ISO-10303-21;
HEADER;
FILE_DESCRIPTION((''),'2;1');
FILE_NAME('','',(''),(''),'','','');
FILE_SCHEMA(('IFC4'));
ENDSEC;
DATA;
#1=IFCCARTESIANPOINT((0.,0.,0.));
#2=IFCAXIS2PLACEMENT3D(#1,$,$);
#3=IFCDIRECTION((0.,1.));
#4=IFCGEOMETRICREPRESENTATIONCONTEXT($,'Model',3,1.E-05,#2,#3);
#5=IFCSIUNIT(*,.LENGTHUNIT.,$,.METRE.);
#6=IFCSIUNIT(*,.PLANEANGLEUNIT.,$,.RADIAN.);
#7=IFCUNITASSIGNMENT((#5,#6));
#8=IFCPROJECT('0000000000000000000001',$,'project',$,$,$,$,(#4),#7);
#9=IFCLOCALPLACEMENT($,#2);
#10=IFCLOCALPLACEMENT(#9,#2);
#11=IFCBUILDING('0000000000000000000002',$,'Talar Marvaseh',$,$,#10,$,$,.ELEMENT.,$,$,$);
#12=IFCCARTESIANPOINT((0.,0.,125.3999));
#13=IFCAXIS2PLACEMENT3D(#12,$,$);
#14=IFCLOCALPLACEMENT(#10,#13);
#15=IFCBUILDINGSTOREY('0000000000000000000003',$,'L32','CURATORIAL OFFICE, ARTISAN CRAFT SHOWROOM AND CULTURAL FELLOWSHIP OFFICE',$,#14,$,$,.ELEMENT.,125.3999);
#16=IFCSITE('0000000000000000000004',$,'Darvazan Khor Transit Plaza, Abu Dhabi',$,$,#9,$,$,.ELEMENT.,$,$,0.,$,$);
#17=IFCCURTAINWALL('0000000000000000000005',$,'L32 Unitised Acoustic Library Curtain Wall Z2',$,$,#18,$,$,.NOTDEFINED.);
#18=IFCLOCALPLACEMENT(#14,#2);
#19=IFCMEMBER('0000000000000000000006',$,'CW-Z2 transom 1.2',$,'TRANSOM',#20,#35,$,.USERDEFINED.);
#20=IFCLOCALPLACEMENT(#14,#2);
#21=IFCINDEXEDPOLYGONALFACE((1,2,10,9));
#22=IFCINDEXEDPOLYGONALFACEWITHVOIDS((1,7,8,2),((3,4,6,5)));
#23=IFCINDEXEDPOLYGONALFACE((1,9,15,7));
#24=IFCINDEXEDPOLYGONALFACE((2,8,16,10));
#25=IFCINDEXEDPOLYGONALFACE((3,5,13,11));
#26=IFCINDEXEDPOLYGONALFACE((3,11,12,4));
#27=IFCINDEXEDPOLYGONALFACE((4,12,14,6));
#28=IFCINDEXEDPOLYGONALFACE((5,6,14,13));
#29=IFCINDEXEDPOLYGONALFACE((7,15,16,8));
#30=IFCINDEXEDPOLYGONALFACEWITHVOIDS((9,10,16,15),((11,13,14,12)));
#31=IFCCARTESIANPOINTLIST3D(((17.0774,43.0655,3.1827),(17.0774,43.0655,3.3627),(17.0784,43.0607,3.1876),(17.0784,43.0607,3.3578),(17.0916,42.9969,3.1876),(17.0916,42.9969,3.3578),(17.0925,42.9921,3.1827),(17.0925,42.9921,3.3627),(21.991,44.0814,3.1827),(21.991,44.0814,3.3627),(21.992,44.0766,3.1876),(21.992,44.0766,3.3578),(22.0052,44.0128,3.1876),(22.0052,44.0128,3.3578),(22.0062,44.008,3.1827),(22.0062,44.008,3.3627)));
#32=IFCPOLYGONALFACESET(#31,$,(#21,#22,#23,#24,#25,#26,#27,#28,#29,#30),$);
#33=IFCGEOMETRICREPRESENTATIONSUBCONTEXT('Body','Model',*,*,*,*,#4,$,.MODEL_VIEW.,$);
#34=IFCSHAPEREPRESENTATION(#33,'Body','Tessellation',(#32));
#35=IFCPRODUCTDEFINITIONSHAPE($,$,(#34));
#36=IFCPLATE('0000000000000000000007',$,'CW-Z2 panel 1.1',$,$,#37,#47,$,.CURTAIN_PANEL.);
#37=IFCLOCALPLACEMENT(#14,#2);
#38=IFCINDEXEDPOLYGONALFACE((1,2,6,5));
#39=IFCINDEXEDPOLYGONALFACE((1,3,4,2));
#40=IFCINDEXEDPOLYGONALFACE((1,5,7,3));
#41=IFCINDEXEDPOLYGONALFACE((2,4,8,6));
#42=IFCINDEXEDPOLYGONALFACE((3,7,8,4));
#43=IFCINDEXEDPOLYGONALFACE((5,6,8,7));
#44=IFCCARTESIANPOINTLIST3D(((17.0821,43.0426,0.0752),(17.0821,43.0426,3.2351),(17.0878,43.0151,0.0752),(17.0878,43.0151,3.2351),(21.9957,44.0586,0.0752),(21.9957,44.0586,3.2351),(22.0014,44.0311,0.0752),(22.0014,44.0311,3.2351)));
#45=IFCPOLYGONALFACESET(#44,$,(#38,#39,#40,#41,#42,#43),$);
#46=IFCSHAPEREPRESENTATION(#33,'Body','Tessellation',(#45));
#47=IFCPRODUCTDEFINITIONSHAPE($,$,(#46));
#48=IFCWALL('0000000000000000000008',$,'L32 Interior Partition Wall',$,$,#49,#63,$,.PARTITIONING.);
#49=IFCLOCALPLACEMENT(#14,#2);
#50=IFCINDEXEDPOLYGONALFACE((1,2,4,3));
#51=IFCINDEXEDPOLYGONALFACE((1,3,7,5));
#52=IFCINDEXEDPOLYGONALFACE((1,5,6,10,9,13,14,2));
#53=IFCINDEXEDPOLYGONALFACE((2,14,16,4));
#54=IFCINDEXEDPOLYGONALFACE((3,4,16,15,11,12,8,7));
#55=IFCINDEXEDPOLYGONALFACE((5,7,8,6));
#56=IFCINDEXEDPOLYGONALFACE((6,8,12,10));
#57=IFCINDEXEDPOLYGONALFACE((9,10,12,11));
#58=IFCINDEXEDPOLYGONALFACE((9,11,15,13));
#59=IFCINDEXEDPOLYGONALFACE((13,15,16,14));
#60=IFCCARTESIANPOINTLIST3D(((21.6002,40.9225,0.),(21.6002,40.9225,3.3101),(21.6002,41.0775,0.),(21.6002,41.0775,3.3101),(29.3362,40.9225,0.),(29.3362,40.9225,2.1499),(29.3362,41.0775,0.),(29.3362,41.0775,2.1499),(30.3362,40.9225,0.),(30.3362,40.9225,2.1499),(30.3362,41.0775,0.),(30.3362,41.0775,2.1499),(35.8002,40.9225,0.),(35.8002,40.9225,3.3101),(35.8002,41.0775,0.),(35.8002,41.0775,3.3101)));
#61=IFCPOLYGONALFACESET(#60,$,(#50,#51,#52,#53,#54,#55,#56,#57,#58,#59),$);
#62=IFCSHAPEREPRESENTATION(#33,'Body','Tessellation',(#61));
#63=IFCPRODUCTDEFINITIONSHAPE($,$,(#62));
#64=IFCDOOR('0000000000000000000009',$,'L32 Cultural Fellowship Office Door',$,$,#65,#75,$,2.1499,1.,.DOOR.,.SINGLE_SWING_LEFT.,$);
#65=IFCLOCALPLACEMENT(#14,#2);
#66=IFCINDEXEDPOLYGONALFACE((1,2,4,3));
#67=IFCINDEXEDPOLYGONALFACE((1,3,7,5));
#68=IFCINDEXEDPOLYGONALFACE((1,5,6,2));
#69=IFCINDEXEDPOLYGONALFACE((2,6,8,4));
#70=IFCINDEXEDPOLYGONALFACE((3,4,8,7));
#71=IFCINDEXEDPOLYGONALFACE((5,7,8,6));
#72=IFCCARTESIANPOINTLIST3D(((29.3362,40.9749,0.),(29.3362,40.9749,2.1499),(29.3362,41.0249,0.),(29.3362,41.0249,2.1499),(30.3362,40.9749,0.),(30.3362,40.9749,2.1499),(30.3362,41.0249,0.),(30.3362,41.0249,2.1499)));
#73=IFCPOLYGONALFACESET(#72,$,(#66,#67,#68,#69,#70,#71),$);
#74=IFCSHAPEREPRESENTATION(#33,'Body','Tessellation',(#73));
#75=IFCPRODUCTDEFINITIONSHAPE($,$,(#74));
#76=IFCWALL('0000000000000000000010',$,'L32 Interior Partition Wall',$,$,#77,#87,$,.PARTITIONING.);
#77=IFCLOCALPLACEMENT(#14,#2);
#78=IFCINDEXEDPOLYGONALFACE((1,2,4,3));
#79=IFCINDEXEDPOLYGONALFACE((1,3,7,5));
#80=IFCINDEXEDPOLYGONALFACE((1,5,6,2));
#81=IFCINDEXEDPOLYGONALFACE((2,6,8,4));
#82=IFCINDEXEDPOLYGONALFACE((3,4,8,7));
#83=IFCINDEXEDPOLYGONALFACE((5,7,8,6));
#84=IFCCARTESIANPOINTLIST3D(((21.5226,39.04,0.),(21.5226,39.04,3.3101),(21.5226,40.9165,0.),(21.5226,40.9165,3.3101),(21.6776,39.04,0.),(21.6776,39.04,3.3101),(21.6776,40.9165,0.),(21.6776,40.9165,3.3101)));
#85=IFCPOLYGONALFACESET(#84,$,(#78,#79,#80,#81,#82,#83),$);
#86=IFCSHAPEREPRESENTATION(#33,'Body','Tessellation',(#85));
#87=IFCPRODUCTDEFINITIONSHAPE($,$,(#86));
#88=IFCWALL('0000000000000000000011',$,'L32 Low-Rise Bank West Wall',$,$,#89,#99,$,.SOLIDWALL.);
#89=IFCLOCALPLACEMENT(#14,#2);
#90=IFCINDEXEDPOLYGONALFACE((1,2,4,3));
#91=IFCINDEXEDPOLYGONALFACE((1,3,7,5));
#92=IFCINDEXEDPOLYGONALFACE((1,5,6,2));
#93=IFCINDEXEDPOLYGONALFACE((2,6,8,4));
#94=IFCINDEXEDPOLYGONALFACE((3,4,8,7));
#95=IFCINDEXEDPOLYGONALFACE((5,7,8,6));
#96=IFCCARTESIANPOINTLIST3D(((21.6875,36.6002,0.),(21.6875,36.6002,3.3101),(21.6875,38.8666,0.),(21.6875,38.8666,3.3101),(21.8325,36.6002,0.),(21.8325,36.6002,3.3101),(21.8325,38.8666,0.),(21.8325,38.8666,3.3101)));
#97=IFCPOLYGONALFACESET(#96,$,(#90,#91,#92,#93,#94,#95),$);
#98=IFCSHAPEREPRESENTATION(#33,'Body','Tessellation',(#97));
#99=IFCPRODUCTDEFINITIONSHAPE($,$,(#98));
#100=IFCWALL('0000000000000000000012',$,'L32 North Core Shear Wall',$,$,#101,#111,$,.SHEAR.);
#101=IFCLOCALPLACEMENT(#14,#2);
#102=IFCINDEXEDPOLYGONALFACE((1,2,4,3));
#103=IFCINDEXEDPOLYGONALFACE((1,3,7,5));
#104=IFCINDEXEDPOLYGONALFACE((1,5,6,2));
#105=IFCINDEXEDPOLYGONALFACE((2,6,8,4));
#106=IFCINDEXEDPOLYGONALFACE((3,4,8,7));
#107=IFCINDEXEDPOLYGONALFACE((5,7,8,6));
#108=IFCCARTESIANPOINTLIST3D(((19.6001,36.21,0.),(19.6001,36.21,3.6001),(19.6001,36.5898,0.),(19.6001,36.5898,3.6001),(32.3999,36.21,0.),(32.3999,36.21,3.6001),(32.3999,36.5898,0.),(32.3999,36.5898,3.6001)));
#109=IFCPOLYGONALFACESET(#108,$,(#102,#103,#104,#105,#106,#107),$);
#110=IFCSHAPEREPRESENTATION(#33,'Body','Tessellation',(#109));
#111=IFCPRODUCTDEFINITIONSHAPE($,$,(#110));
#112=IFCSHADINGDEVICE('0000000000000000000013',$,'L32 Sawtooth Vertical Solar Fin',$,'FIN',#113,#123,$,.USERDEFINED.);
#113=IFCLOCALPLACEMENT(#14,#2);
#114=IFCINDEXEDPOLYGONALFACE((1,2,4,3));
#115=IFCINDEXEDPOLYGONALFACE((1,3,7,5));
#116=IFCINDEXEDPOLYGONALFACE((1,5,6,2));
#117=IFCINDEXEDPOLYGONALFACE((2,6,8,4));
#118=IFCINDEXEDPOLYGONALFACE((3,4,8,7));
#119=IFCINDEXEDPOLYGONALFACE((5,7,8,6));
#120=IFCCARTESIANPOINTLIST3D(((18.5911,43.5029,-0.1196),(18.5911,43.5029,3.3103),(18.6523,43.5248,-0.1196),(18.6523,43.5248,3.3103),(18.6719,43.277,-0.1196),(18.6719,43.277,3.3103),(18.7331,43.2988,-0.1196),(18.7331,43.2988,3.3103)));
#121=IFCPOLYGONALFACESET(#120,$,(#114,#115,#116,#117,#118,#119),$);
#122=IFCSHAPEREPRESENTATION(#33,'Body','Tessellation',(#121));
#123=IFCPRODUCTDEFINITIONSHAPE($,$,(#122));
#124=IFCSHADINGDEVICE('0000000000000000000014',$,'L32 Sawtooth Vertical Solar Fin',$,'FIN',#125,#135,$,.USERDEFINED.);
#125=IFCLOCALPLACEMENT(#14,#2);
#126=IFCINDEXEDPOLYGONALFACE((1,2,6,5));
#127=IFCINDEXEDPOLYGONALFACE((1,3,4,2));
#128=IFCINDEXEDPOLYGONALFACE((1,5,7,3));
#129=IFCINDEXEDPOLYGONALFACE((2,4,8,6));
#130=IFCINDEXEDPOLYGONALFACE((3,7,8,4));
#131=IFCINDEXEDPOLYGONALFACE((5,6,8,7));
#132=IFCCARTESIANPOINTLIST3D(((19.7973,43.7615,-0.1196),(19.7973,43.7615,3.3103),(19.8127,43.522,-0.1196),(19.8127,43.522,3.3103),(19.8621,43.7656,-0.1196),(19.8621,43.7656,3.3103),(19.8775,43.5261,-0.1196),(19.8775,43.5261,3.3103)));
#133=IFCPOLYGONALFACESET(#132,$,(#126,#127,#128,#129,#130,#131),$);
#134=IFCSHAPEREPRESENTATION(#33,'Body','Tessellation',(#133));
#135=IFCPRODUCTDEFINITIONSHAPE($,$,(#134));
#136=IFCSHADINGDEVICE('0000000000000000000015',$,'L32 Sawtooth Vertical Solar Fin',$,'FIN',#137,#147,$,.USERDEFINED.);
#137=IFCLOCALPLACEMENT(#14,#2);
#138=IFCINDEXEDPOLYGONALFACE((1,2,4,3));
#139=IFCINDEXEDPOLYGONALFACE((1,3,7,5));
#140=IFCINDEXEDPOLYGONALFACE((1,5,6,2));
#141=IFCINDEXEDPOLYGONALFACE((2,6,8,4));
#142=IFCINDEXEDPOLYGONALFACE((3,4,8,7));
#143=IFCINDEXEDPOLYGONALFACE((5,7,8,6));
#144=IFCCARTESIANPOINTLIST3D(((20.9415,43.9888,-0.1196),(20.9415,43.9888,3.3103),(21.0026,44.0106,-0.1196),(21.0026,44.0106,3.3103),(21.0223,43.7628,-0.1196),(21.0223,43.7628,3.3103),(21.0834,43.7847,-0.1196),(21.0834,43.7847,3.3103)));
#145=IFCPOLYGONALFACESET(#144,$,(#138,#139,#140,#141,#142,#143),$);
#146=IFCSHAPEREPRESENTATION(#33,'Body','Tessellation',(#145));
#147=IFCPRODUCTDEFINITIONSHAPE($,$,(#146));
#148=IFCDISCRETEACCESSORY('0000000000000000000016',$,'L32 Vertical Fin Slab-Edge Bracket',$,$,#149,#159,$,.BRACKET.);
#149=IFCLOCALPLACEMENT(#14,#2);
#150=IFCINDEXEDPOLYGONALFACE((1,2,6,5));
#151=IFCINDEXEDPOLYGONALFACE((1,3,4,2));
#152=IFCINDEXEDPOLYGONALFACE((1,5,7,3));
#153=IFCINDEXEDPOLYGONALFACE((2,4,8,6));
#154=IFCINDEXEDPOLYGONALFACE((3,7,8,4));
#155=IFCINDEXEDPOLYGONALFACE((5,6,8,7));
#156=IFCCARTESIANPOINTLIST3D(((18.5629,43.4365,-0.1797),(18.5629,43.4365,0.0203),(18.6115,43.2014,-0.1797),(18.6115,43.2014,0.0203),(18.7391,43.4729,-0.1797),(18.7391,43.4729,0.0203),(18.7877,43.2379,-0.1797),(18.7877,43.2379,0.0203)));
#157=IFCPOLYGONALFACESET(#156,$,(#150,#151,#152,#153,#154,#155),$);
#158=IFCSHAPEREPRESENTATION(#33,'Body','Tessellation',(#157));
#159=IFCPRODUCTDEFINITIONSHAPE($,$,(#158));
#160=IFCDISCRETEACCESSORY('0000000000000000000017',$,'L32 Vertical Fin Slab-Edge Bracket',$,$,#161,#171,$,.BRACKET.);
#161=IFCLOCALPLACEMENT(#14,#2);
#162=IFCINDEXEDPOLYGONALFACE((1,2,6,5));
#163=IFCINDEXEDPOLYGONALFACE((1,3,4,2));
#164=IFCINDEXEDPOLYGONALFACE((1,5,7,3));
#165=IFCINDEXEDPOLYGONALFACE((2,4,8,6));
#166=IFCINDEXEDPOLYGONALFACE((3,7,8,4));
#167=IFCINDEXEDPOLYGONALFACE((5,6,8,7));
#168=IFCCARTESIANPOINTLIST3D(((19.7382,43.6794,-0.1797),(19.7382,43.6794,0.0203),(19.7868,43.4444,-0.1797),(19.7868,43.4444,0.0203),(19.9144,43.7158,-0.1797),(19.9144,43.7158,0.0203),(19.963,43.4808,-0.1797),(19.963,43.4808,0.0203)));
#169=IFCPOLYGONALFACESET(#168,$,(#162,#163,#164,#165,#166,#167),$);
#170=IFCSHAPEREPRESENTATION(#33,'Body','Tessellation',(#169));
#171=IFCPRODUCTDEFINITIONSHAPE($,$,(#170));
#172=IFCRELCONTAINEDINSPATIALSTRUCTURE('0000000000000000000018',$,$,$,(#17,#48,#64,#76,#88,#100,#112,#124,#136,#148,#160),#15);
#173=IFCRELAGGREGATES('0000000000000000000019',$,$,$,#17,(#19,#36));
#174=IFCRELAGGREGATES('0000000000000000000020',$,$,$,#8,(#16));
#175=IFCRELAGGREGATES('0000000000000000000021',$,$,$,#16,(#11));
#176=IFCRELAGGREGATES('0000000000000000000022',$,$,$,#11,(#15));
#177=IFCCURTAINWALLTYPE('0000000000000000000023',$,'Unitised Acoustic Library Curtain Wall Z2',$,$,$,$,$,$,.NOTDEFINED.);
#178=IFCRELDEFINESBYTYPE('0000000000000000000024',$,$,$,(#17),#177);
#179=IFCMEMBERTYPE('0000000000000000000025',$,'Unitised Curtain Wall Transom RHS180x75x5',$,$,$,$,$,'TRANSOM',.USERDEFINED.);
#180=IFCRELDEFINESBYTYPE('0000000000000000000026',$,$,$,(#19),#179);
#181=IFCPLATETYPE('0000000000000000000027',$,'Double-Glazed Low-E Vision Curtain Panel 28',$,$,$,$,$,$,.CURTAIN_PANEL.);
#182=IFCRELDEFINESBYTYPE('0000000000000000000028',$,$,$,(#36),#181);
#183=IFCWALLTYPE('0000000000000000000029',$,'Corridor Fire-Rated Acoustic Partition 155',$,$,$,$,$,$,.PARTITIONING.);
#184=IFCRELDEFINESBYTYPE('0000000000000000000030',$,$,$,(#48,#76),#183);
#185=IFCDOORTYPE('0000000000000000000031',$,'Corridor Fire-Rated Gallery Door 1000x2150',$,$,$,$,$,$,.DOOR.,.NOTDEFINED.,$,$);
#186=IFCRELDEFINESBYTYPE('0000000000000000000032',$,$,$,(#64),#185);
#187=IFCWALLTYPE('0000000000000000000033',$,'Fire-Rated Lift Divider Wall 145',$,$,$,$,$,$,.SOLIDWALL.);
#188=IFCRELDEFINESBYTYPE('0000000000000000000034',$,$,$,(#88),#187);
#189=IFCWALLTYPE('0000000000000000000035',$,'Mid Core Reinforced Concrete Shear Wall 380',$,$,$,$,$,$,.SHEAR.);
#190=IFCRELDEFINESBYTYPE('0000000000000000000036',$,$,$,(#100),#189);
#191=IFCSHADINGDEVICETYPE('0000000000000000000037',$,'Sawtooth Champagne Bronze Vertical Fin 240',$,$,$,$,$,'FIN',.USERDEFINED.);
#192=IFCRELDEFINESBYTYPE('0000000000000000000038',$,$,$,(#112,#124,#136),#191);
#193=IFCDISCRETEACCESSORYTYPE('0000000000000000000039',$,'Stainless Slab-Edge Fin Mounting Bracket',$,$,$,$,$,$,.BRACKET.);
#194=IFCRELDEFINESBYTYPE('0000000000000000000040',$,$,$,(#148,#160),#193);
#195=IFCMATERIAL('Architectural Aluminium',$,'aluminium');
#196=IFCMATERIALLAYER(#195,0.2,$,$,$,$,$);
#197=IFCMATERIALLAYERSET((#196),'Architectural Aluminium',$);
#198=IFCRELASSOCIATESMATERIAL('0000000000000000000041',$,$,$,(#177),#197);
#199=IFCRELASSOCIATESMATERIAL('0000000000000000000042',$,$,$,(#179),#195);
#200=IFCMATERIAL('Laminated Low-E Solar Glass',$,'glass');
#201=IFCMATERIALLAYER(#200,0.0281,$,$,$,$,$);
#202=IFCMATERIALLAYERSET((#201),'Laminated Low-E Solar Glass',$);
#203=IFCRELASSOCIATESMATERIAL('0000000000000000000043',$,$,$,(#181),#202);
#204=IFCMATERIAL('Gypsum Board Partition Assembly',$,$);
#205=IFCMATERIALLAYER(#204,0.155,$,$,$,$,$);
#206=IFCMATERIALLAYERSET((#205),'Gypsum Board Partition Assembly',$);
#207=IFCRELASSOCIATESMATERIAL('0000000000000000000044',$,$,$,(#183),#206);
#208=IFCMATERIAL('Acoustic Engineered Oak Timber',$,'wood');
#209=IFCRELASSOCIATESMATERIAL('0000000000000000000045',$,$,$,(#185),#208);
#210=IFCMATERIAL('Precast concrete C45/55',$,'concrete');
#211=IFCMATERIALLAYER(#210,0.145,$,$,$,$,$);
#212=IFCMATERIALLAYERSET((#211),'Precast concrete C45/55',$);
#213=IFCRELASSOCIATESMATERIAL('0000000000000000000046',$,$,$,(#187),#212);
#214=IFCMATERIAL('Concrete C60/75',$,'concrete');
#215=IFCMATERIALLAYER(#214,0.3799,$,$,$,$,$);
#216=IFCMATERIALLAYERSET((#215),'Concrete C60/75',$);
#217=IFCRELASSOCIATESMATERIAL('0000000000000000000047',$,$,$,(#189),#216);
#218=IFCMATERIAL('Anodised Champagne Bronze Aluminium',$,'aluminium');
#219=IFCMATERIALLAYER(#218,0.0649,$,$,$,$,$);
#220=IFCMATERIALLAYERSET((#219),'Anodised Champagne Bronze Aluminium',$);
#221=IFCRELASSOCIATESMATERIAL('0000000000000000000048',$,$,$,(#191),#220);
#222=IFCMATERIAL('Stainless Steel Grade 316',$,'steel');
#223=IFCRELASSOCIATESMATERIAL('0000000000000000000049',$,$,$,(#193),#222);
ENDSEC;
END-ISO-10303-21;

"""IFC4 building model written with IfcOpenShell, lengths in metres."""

from ifc_helpers import new_model, si_unit, direction, frame, frame_2d, origin, origin_2d, place, context, subcontext, project, spatial, rectangle, hollow_rectangle, extrude, source, transform, mapped, material, layer, layer_set, material_profile, profile_set, type_object, type_shapes, element, fill, aggregate, save


model = new_model("IFC4")

# Units and contexts
model_context = context("Model", 3, precision=1e-05, world=origin(), true_north=direction((0.0, 1.0)))
body_context = subcontext(model_context, "Body", "Model", "MODEL_VIEW")
ifc_project = project(units=[si_unit("LENGTHUNIT", "METRE"), si_unit("PLANEANGLEUNIT", "RADIAN")], contexts=[model_context])

# Site, building, storey
site_placement = place(None, origin())
site = spatial("IfcSite", under=ifc_project, at=site_placement, Name="Darvazan Khor Transit Plaza, Abu Dhabi", CompositionType="ELEMENT", RefElevation=0.0)
building_placement = place(site_placement, origin())
building = spatial("IfcBuilding", under=site, at=building_placement, Name="Talar Marvaseh", CompositionType="ELEMENT")
storey_placement = place(building_placement, frame((0.0, 0.0, 125.3999)))
storey = spatial("IfcBuildingStorey", under=building, at=storey_placement, Name="L32", Description="CURATORIAL OFFICE, ARTISAN CRAFT SHOWROOM AND CULTURAL FELLOWSHIP OFFICE", CompositionType="ELEMENT", Elevation=125.3999)

# Shared definitions
ifc_material_1 = material(Name="Concrete C60/75", Category="concrete")

# Curtain wall, member, plate
ifc_material_2 = material(Name="Architectural Aluminium", Category="aluminium")
ifc_layer_1 = layer(ifc_material_2, 0.2)
ifc_layer_set_1 = layer_set([ifc_layer_1], Name="Architectural Aluminium")
curtain_wall_type = type_object("IfcCurtainWallType", Name="Unitised Acoustic Library Curtain Wall Z2", PredefinedType="NOTDEFINED", material=ifc_layer_set_1)
curtain_wall_placement = place(storey_placement, origin())
curtain_wall = element("IfcCurtainWall", 1, at=curtain_wall_placement, inside=storey, type_object=curtain_wall_type, Name="L32 Unitised Acoustic Library Curtain Wall Z2", PredefinedType="NOTDEFINED")
ifc_material_profile_1 = material_profile(ifc_material_2, hollow_rectangle(XDim=0.075, YDim=0.1799, WallThickness=0.0049, at=origin_2d()), Name="RHS180x75x5")
ifc_profile_set_1 = profile_set([ifc_material_profile_1], Name="Architectural Aluminium")
member_type_1 = type_object("IfcMemberType", Name="Unitised Curtain Wall Transom RHS180x75x5", ElementType="TRANSOM", PredefinedType="USERDEFINED", material=ifc_profile_set_1)
shared_shape_1 = source(origin(), body_context, "Body", "SweptSolid", [
    extrude(hollow_rectangle(XDim=0.075, YDim=0.1799, WallThickness=0.0049, at=origin_2d()), origin(), (0.0, 0.0, 1.0), 5.0176),
])
type_shapes(member_type_1, [shared_shape_1])
member_1_placement = place(storey_placement, frame((17.085, 43.0288, 3.2727), z_axis=(0.979289, 0.202466, 0.0), x_axis=(-0.202466, 0.979289, 0.0)))
member_1 = element("IfcMember", 2, at=member_1_placement, type_object=member_type_1, Name="CW-Z2 transom 1.2", ObjectType="TRANSOM", PredefinedType="USERDEFINED", context=body_context, shape_type="MappedRepresentation", body=[
    mapped(shared_shape_1, transform((0.0, 0.0, 0.0), x_axis=(1.0, 0.0, 0.0), y_axis=(0.0, 1.0, 0.0), z_axis=(0.0, 0.0, 1.0), scale=1.0)),
])
ifc_material_3 = material(Name="Laminated Low-E Solar Glass", Category="glass")
ifc_layer_2 = layer(ifc_material_3, 0.0281)
ifc_layer_set_2 = layer_set([ifc_layer_2], Name="Laminated Low-E Solar Glass")
plate_type = type_object("IfcPlateType", Name="Double-Glazed Low-E Vision Curtain Panel 28", PredefinedType="CURTAIN_PANEL", material=ifc_layer_set_2)
shared_shape_2 = source(origin(), body_context, "Body", "SweptSolid", [
    extrude(rectangle(XDim=5.0176, YDim=0.0281, at=origin_2d()), origin(), (0.0, 0.0, 1.0), 3.1599),
])
type_shapes(plate_type, [shared_shape_2])
plate_placement = place(storey_placement, frame((19.5417, 43.5369, 0.0752), z_axis=(0.0, 0.0, 1.0), x_axis=(0.979286, 0.20248, 0.0)))
plate = element("IfcPlate", 3, at=plate_placement, type_object=plate_type, Name="CW-Z2 panel 1.1", PredefinedType="CURTAIN_PANEL", context=body_context, shape_type="MappedRepresentation", body=[
    mapped(shared_shape_2, transform((0.0, 0.0, 0.0), x_axis=(1.0, 0.0, 0.0), y_axis=(0.0, 1.0, 0.0), z_axis=(0.0, 0.0, 1.0), scale=1.0)),
])
aggregate(curtain_wall, [member_1, plate])

# Wall, opening, door
ifc_material_4 = material(Name="Gypsum Board Partition Assembly")
ifc_layer_3 = layer(ifc_material_4, 0.155)
ifc_layer_set_3 = layer_set([ifc_layer_3], Name="Gypsum Board Partition Assembly")
wall_type_1 = type_object("IfcWallType", Name="Corridor Fire-Rated Acoustic Partition 155", PredefinedType="PARTITIONING", material=ifc_layer_set_3)
wall_1_placement = place(storey_placement, frame((21.6001, 41.0, 0.0), z_axis=(0.0, 0.0, 1.0), x_axis=(1.0, 0.0, 0.0)))
wall_1 = element("IfcWall", 4, at=wall_1_placement, inside=storey, type_object=wall_type_1, Name="L32 Interior Partition Wall", PredefinedType="PARTITIONING", context=body_context, shape_type="SweptSolid", body=[
    extrude(rectangle(XDim=14.2, YDim=0.155, at=frame_2d((7.1001, 0.0))), origin(), (0.0, 0.0, 1.0), 3.3101),
])
opening_1_placement = place(wall_1_placement, frame((7.7361, 0.0, 0.0)))
opening_1 = element("IfcOpeningElement", 5, at=opening_1_placement, cuts=wall_1, PredefinedType="OPENING", context=body_context, shape_type="SweptSolid", body=[
    extrude(rectangle(XDim=1.0, YDim=2.1499, at=frame_2d((0.5, 1.075))), frame((0.0, 0.0874, 0.0), z_axis=(0.0, -1.0, 0.0), x_axis=(1.0, 0.0, 0.0)), (0.0, 0.0, 1.0), 0.175),
])
ifc_material_5 = material(Name="Acoustic Engineered Oak Timber", Category="wood")
door_type_1 = type_object("IfcDoorType", Name="Corridor Fire-Rated Gallery Door 1000x2150", OperationType="NOTDEFINED", PredefinedType="DOOR", material=ifc_material_5)
shared_shape_3 = source(origin(), body_context, "Body", "SweptSolid", [
    extrude(rectangle(XDim=1.0, YDim=2.1499, at=frame_2d((0.5, 1.075))), frame((0.0, 0.0249, 0.0), z_axis=(0.0, -1.0, 0.0), x_axis=(1.0, 0.0, 0.0)), (0.0, 0.0, 1.0), 0.05),
])
type_shapes(door_type_1, [shared_shape_3])
door_1_placement = place(opening_1_placement, origin())
door_1 = element("IfcDoor", 6, at=door_1_placement, inside=storey, type_object=door_type_1, Name="L32 Cultural Fellowship Office Door", OperationType="SINGLE_SWING_LEFT", OverallHeight=2.1499, OverallWidth=1.0, PredefinedType="DOOR", context=body_context, shape_type="MappedRepresentation", body=[
    mapped(shared_shape_3, transform((0.0, 0.0, 0.0), x_axis=(1.0, 0.0, 0.0), y_axis=(0.0, 1.0, 0.0), z_axis=(0.0, 0.0, 1.0), scale=1.0)),
])
fill(opening_1, door_1)

# Walls
wall_2_placement = place(storey_placement, frame((21.6001, 39.04, 0.0), z_axis=(0.0, 0.0, 1.0), x_axis=(0.0, 1.0, 0.0)))
element("IfcWall", 7, at=wall_2_placement, inside=storey, type_object=wall_type_1, Name="L32 Interior Partition Wall", PredefinedType="PARTITIONING", context=body_context, shape_type="SweptSolid", body=[
    extrude(rectangle(XDim=1.8765, YDim=0.155, at=frame_2d((0.9382, 0.0))), origin(), (0.0, 0.0, 1.0), 3.3101),
])
ifc_material_6 = material(Name="Precast concrete C45/55", Category="concrete")
ifc_layer_4 = layer(ifc_material_6, 0.145)
ifc_layer_set_4 = layer_set([ifc_layer_4], Name="Precast concrete C45/55")
wall_type_2 = type_object("IfcWallType", Name="Fire-Rated Lift Divider Wall 145", PredefinedType="SOLIDWALL", material=ifc_layer_set_4)
wall_3_placement = place(storey_placement, frame((21.76, 36.6001, 0.0), z_axis=(0.0, 0.0, 1.0), x_axis=(0.0, 1.0, 0.0)))
element("IfcWall", 8, at=wall_3_placement, inside=storey, type_object=wall_type_2, Name="L32 Low-Rise Bank West Wall", PredefinedType="SOLIDWALL", context=body_context, shape_type="SweptSolid", body=[
    extrude(rectangle(XDim=2.2664, YDim=0.145, at=frame_2d((1.1333, 0.0))), origin(), (0.0, 0.0, 1.0), 3.3101),
])

# Shared definitions
ifc_material_7 = material(Name="Stainless Steel Grade 316", Category="steel")

# Wall
ifc_layer_5 = layer(ifc_material_1, 0.3799)
ifc_layer_set_5 = layer_set([ifc_layer_5], Name="Concrete C60/75")
wall_type_3 = type_object("IfcWallType", Name="Mid Core Reinforced Concrete Shear Wall 380", PredefinedType="SHEAR", material=ifc_layer_set_5)
wall_4_placement = place(storey_placement, frame((19.6001, 36.3999, 0.0), z_axis=(0.0, 0.0, 1.0), x_axis=(1.0, 0.0, 0.0)))
element("IfcWall", 9, at=wall_4_placement, inside=storey, type_object=wall_type_3, Name="L32 North Core Shear Wall", PredefinedType="SHEAR", context=body_context, shape_type="SweptSolid", body=[
    extrude(rectangle(XDim=12.7998, YDim=0.3799, at=frame_2d((6.3999, 0.0))), origin(), (0.0, 0.0, 1.0), 3.6001),
])

# Shading devices
ifc_material_8 = material(Name="Anodised Champagne Bronze Aluminium", Category="aluminium")
ifc_layer_6 = layer(ifc_material_8, 0.0649)
ifc_layer_set_6 = layer_set([ifc_layer_6], Name="Anodised Champagne Bronze Aluminium")
shading_device_type = type_object("IfcShadingDeviceType", Name="Sawtooth Champagne Bronze Vertical Fin 240", ElementType="FIN", PredefinedType="USERDEFINED", material=ifc_layer_set_6)
shared_shape_4 = source(origin(), body_context, "Body", "SweptSolid", [
    extrude(rectangle(XDim=0.24, YDim=0.0649, at=origin_2d()), origin(), (0.0, 0.0, 1.0), 3.4299),
])
type_shapes(shading_device_type, [shared_shape_4])
for number, where, z_axis, x_axis, name in (
    (10, (18.6621, 43.4009, -0.1196), (0.0, 0.0, 1.0), (-0.336767, 0.941588, 0.0), "L32 Sawtooth Vertical Solar Fin"),
    (11, (19.8374, 43.6438, -0.1196), (0.0, 0.0, 1.0), (-0.064184, 0.997938, 0.0), "L32 Sawtooth Vertical Solar Fin"),
    (12, (21.0125, 43.8867, -0.1196), (0.0, 0.0, 1.0), (-0.336767, 0.941588, 0.0), "L32 Sawtooth Vertical Solar Fin"),
):
    element("IfcShadingDevice", number, at=place(storey_placement, frame(where, z_axis=z_axis, x_axis=x_axis)), inside=storey, type_object=shading_device_type, Name=name, ObjectType="FIN", PredefinedType="USERDEFINED", context=body_context, shape_type="MappedRepresentation", body=[
        mapped(shared_shape_4, transform((0.0, 0.0, 0.0), x_axis=(1.0, 0.0, 0.0), y_axis=(0.0, 1.0, 0.0), z_axis=(0.0, 0.0, 1.0), scale=1.0)),
    ])

# Discrete accessories
discrete_accessory_type = type_object("IfcDiscreteAccessoryType", Name="Stainless Slab-Edge Fin Mounting Bracket", PredefinedType="BRACKET", material=ifc_material_7)
shared_shape_5 = source(origin(), body_context, "Body", "SweptSolid", [
    extrude(rectangle(XDim=0.24, YDim=0.1799, at=origin_2d()), origin(), (0.0, 0.0, 1.0), 0.2),
])
type_shapes(discrete_accessory_type, [shared_shape_5])
for number, where, z_axis, x_axis, name in (
    (13, (18.6753, 43.3372, -0.1797), (0.0, 0.0, 1.0), (-0.202445, 0.979294, 0.0), "L32 Vertical Fin Slab-Edge Bracket"),
    (14, (19.8506, 43.5801, -0.1797), (0.0, 0.0, 1.0), (-0.202445, 0.979294, 0.0), "L32 Vertical Fin Slab-Edge Bracket"),
):
    element("IfcDiscreteAccessory", number, at=place(storey_placement, frame(where, z_axis=z_axis, x_axis=x_axis)), inside=storey, type_object=discrete_accessory_type, Name=name, PredefinedType="BRACKET", context=body_context, shape_type="MappedRepresentation", body=[
        mapped(shared_shape_5, transform((0.0, 0.0, 0.0), x_axis=(1.0, 0.0, 0.0), y_axis=(0.0, 1.0, 0.0), z_axis=(0.0, 0.0, 1.0), scale=1.0)),
    ])

save(model, "model.ifc")
